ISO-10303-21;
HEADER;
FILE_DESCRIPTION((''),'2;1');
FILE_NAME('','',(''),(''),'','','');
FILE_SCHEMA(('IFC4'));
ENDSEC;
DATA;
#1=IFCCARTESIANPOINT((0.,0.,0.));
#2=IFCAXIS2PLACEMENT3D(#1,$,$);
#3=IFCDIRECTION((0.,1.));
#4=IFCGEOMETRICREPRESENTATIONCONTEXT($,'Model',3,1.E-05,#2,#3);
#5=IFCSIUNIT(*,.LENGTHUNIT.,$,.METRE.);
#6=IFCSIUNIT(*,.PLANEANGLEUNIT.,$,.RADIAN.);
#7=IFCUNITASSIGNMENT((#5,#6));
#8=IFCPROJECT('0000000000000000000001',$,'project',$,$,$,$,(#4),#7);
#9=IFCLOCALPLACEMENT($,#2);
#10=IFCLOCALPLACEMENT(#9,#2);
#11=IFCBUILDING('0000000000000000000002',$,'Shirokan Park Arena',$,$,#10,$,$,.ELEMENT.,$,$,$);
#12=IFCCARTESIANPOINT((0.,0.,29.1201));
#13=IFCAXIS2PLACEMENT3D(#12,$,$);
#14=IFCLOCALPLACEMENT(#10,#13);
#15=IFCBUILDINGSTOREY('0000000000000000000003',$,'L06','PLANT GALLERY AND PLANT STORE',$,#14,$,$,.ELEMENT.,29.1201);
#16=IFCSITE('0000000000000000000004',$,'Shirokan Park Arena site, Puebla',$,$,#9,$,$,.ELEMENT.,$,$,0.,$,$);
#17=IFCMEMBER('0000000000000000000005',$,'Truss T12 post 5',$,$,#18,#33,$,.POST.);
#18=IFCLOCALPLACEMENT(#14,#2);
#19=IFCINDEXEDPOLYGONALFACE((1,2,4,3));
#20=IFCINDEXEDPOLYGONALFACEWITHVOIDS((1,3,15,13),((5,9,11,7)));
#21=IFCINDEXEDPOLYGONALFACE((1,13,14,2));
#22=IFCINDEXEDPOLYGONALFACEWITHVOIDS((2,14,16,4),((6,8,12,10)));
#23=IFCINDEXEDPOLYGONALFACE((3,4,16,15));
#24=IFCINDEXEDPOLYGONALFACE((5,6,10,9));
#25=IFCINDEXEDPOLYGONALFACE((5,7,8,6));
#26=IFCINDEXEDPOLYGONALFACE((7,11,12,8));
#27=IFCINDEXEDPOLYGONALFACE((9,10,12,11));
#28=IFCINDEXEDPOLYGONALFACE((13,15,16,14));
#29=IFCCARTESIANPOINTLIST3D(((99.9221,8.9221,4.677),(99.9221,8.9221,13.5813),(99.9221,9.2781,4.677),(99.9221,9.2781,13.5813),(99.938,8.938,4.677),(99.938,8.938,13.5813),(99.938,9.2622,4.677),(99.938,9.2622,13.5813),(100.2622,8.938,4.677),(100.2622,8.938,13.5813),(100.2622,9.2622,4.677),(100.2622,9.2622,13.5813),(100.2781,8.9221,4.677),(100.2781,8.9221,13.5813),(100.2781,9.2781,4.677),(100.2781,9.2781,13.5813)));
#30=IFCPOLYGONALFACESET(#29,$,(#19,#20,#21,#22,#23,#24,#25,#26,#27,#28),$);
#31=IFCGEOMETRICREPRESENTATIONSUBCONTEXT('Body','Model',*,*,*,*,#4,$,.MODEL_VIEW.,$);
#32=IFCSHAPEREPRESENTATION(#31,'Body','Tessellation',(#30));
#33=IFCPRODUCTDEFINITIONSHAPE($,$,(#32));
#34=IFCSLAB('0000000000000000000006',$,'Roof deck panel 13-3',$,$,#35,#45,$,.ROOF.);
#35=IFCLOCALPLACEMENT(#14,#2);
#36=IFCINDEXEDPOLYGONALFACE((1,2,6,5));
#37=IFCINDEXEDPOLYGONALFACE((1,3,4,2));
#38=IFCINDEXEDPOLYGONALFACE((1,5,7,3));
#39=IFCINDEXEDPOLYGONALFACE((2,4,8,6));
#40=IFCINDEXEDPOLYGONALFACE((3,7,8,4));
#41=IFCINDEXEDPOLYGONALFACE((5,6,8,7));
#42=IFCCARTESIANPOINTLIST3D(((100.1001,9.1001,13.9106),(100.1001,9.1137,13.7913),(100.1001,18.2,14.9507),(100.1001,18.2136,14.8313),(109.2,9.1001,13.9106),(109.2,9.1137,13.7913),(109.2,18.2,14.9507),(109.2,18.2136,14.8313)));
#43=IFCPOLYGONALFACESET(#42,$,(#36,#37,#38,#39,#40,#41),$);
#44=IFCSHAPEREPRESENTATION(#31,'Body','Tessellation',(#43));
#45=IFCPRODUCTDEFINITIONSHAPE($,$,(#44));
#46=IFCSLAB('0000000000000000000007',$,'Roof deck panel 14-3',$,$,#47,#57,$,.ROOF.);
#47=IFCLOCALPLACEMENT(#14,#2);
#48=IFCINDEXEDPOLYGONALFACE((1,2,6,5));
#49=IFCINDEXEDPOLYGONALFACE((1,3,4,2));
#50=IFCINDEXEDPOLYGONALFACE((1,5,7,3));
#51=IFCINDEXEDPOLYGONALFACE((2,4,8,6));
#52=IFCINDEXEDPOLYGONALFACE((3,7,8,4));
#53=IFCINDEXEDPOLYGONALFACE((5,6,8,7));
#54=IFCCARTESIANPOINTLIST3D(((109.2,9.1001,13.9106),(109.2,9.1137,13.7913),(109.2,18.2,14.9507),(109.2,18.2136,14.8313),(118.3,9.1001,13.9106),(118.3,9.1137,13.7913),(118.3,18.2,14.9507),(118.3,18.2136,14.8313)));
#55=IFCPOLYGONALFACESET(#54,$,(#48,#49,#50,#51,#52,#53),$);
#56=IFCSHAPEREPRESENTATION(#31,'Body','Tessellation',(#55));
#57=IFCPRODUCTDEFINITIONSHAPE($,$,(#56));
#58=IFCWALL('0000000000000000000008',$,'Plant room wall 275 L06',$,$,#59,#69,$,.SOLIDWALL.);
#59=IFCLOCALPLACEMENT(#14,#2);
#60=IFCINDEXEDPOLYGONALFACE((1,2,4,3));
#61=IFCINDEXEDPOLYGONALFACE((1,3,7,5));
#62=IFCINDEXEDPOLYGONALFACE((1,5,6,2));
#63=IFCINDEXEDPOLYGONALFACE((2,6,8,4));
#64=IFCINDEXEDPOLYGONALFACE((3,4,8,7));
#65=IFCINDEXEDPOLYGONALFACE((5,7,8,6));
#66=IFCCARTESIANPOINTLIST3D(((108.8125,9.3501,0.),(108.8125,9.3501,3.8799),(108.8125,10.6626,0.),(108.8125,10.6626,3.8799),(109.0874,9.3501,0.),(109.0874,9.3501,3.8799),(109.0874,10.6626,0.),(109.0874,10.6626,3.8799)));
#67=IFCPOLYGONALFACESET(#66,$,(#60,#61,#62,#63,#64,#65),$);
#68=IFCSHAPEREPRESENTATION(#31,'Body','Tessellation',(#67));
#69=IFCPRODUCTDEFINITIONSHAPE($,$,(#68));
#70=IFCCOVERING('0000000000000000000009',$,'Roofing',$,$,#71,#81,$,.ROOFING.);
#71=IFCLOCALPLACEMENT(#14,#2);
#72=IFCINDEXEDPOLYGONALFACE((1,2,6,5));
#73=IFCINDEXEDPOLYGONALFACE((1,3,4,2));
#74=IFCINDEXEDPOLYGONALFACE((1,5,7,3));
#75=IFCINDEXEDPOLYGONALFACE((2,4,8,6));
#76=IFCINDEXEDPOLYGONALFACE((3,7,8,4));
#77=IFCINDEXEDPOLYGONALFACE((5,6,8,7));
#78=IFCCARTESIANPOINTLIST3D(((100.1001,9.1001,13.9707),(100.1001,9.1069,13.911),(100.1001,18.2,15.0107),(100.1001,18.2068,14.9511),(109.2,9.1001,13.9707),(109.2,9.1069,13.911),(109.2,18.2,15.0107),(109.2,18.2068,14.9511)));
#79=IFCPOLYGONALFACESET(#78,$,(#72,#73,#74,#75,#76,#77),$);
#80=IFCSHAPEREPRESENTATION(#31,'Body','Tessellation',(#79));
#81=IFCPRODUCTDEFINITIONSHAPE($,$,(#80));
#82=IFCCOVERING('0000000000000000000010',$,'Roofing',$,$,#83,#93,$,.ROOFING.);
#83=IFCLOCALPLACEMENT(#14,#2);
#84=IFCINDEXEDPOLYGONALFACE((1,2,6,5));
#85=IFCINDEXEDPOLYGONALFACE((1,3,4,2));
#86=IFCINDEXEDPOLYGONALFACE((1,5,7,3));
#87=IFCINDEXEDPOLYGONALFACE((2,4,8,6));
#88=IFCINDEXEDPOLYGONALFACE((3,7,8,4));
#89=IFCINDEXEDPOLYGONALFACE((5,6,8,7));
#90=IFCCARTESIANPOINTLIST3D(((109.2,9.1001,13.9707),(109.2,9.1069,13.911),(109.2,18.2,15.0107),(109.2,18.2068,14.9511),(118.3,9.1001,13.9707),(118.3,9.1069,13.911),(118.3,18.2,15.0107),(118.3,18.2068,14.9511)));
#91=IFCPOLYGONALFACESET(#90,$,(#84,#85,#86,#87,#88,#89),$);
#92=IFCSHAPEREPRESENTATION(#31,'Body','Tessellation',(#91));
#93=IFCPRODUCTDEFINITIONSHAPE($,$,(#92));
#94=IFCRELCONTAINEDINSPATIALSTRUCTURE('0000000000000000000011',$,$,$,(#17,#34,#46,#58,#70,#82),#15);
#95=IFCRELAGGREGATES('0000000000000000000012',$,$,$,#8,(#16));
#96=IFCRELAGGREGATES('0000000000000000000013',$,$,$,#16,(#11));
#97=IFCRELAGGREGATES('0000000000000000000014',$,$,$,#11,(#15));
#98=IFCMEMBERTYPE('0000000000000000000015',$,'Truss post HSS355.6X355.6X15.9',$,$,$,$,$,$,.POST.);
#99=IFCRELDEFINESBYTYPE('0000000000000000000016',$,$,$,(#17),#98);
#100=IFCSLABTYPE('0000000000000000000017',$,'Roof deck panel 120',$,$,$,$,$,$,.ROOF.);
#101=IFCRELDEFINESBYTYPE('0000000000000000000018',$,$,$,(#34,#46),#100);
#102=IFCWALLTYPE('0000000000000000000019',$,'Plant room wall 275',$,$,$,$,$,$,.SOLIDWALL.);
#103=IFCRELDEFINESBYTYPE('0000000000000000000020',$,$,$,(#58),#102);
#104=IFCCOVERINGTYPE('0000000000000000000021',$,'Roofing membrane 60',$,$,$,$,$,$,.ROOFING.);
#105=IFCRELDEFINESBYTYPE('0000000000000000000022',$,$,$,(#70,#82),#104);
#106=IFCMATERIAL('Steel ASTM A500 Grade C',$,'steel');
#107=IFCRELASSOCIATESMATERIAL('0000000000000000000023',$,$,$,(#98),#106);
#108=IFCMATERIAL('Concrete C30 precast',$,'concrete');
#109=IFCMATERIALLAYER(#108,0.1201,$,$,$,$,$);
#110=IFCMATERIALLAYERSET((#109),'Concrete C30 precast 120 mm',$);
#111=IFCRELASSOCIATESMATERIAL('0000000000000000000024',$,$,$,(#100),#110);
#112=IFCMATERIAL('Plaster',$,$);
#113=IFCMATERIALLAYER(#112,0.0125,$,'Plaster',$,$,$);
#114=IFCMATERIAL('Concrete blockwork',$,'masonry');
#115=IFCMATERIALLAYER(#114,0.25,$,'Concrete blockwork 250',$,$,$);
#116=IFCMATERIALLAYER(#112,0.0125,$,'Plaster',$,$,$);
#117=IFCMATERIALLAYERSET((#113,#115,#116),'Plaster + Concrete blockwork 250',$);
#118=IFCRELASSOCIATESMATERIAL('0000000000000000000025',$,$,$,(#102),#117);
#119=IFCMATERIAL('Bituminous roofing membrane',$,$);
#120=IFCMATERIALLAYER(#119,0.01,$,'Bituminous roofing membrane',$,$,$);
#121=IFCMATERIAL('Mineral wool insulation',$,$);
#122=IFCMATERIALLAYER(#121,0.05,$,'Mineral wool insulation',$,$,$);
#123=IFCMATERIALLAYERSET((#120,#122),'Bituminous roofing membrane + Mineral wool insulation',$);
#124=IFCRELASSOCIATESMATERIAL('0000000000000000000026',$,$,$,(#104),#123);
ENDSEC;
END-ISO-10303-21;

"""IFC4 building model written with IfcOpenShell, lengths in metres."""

from ifc_helpers import new_model, si_unit, direction, frame, frame_2d, origin, origin_2d, place, context, subcontext, project, spatial, polyline, rectangle, hollow_rectangle, outline, extrude, material, layer, layer_set, material_profile, profile_set, type_object, element, save


model = new_model("IFC4")

# Units and contexts
model_context = context("Model", 3, precision=1e-05, world=origin(), true_north=direction((0.0, 1.0)))
body_context = subcontext(model_context, "Body", "Model", "MODEL_VIEW")
ifc_project = project(units=[si_unit("LENGTHUNIT", "METRE"), si_unit("PLANEANGLEUNIT", "RADIAN")], contexts=[model_context])

# Site, building, storey
site_placement = place(None, origin())
site = spatial("IfcSite", under=ifc_project, at=site_placement, Name="Shirokan Park Arena site, Puebla", CompositionType="ELEMENT", RefElevation=0.0)
building_placement = place(site_placement, origin())
building = spatial("IfcBuilding", under=site, at=building_placement, Name="Shirokan Park Arena", CompositionType="ELEMENT")
storey_placement = place(building_placement, frame((0.0, 0.0, 29.1201)))
storey = spatial("IfcBuildingStorey", under=building, at=storey_placement, Name="L06", Description="PLANT GALLERY AND PLANT STORE", CompositionType="ELEMENT", Elevation=29.1201)

# Shared definitions
ifc_material_1 = material(Name="Steel ASTM A500 Grade C", Category="steel")

# Member
ifc_material_profile_1 = material_profile(ifc_material_1, hollow_rectangle(XDim=0.356, YDim=0.356, WallThickness=0.0159, at=origin_2d()), Name="HSS355.6X355.6X15.9")
ifc_profile_set_1 = profile_set([ifc_material_profile_1], Name="Steel ASTM A500 Grade C")
member_type_1 = type_object("IfcMemberType", Name="Truss post HSS355.6X355.6X15.9", PredefinedType="POST", material=ifc_profile_set_1)
member_1_placement = place(storey_placement, frame((100.1001, 9.1001, 4.677), z_axis=(0.0, 0.0, 1.0), x_axis=(1.0, 0.0, 0.0)))
element("IfcMember", 1, at=member_1_placement, inside=storey, type_object=member_type_1, Name="Truss T12 post 5", PredefinedType="POST", context=body_context, shape_type="SweptSolid", body=[
    extrude(hollow_rectangle(XDim=0.356, YDim=0.356, WallThickness=0.0159, at=origin_2d()), origin(), (0.0, 0.0, 1.0), 8.9043),
])

# Slabs
ifc_material_2 = material(Name="Concrete C30 precast", Category="concrete")
ifc_layer_1 = layer(ifc_material_2, 0.1201)
ifc_layer_set_1 = layer_set([ifc_layer_1], Name="Concrete C30 precast 120 mm")
slab_type = type_object("IfcSlabType", Name="Roof deck panel 120", PredefinedType="ROOF", material=ifc_layer_set_1)
slab_1_placement = place(storey_placement, frame((100.1001, 9.1001, 13.9106), z_axis=(0.0, -0.113553, 0.993532), x_axis=(1.0, 0.0, 0.0)))
element("IfcSlab", 2, at=slab_1_placement, inside=storey, type_object=slab_type, Name="Roof deck panel 13-3", PredefinedType="ROOF", context=body_context, shape_type="SweptSolid", body=[
    extrude(outline(polyline([(0.0, 0.0), (9.0999, 0.0), (9.0999, 9.1591), (0.0, 9.1591), (0.0, 0.0)])), origin(), (0.0, 0.0, -1.0), 0.1201),
])
slab_2_placement = place(storey_placement, frame((109.2, 9.1001, 13.9106), z_axis=(0.0, -0.113553, 0.993532), x_axis=(1.0, 0.0, 0.0)))
element("IfcSlab", 3, at=slab_2_placement, inside=storey, type_object=slab_type, Name="Roof deck panel 14-3", PredefinedType="ROOF", context=body_context, shape_type="SweptSolid", body=[
    extrude(outline(polyline([(0.0, 0.0), (9.1001, 0.0), (9.1001, 9.1591), (0.0, 9.1591), (0.0, 0.0)])), origin(), (0.0, 0.0, -1.0), 0.1201),
])

# Wall
ifc_material_3 = material(Name="Plaster")
ifc_layer_2 = layer(ifc_material_3, 0.0125, Name="Plaster")
ifc_material_4 = material(Name="Concrete blockwork", Category="masonry")
ifc_layer_3 = layer(ifc_material_4, 0.25, Name="Concrete blockwork 250")
ifc_layer_4 = layer(ifc_material_3, 0.0125, Name="Plaster")
ifc_layer_set_2 = layer_set([ifc_layer_2, ifc_layer_3, ifc_layer_4], Name="Plaster + Concrete blockwork 250")
wall_type = type_object("IfcWallType", Name="Plant room wall 275", PredefinedType="SOLIDWALL", material=ifc_layer_set_2)
wall_1_placement = place(storey_placement, frame((108.95, 9.3501, 0.0), z_axis=(0.0, 0.0, 1.0), x_axis=(0.0, 1.0, 0.0)))
element("IfcWall", 4, at=wall_1_placement, inside=storey, type_object=wall_type, Name="Plant room wall 275 L06", PredefinedType="SOLIDWALL", context=body_context, shape_type="SweptSolid", body=[
    extrude(rectangle(XDim=1.3125, YDim=0.2749, at=frame_2d((0.6562, 0.0))), origin(), (0.0, 0.0, 1.0), 3.8799),
])

# Coverings
ifc_material_5 = material(Name="Bituminous roofing membrane")
ifc_layer_5 = layer(ifc_material_5, 0.01, Name="Bituminous roofing membrane")
ifc_material_6 = material(Name="Mineral wool insulation")
ifc_layer_6 = layer(ifc_material_6, 0.05, Name="Mineral wool insulation")
ifc_layer_set_3 = layer_set([ifc_layer_5, ifc_layer_6], Name="Bituminous roofing membrane + Mineral wool insulation")
covering_type = type_object("IfcCoveringType", Name="Roofing membrane 60", PredefinedType="ROOFING", material=ifc_layer_set_3)
covering_1_placement = place(storey_placement, frame((100.1001, 9.1001, 13.9707), z_axis=(0.0, -0.113553, 0.993532), x_axis=(1.0, 0.0, 0.0)))
element("IfcCovering", 5, at=covering_1_placement, inside=storey, type_object=covering_type, Name="Roofing", PredefinedType="ROOFING", context=body_context, shape_type="SweptSolid", body=[
    extrude(outline(polyline([(0.0, 0.0), (9.0999, 0.0), (9.0999, 9.1591), (0.0, 9.1591), (0.0, 0.0)])), origin(), (0.0, 0.0, -1.0), 0.0601),
])
covering_2_placement = place(storey_placement, frame((109.2, 9.1001, 13.9707), z_axis=(0.0, -0.113553, 0.993532), x_axis=(1.0, 0.0, 0.0)))
element("IfcCovering", 6, at=covering_2_placement, inside=storey, type_object=covering_type, Name="Roofing", PredefinedType="ROOFING", context=body_context, shape_type="SweptSolid", body=[
    extrude(outline(polyline([(0.0, 0.0), (9.1001, 0.0), (9.1001, 9.1591), (0.0, 9.1591), (0.0, 0.0)])), origin(), (0.0, 0.0, -1.0), 0.0601),
])

save(model, "model.ifc")
